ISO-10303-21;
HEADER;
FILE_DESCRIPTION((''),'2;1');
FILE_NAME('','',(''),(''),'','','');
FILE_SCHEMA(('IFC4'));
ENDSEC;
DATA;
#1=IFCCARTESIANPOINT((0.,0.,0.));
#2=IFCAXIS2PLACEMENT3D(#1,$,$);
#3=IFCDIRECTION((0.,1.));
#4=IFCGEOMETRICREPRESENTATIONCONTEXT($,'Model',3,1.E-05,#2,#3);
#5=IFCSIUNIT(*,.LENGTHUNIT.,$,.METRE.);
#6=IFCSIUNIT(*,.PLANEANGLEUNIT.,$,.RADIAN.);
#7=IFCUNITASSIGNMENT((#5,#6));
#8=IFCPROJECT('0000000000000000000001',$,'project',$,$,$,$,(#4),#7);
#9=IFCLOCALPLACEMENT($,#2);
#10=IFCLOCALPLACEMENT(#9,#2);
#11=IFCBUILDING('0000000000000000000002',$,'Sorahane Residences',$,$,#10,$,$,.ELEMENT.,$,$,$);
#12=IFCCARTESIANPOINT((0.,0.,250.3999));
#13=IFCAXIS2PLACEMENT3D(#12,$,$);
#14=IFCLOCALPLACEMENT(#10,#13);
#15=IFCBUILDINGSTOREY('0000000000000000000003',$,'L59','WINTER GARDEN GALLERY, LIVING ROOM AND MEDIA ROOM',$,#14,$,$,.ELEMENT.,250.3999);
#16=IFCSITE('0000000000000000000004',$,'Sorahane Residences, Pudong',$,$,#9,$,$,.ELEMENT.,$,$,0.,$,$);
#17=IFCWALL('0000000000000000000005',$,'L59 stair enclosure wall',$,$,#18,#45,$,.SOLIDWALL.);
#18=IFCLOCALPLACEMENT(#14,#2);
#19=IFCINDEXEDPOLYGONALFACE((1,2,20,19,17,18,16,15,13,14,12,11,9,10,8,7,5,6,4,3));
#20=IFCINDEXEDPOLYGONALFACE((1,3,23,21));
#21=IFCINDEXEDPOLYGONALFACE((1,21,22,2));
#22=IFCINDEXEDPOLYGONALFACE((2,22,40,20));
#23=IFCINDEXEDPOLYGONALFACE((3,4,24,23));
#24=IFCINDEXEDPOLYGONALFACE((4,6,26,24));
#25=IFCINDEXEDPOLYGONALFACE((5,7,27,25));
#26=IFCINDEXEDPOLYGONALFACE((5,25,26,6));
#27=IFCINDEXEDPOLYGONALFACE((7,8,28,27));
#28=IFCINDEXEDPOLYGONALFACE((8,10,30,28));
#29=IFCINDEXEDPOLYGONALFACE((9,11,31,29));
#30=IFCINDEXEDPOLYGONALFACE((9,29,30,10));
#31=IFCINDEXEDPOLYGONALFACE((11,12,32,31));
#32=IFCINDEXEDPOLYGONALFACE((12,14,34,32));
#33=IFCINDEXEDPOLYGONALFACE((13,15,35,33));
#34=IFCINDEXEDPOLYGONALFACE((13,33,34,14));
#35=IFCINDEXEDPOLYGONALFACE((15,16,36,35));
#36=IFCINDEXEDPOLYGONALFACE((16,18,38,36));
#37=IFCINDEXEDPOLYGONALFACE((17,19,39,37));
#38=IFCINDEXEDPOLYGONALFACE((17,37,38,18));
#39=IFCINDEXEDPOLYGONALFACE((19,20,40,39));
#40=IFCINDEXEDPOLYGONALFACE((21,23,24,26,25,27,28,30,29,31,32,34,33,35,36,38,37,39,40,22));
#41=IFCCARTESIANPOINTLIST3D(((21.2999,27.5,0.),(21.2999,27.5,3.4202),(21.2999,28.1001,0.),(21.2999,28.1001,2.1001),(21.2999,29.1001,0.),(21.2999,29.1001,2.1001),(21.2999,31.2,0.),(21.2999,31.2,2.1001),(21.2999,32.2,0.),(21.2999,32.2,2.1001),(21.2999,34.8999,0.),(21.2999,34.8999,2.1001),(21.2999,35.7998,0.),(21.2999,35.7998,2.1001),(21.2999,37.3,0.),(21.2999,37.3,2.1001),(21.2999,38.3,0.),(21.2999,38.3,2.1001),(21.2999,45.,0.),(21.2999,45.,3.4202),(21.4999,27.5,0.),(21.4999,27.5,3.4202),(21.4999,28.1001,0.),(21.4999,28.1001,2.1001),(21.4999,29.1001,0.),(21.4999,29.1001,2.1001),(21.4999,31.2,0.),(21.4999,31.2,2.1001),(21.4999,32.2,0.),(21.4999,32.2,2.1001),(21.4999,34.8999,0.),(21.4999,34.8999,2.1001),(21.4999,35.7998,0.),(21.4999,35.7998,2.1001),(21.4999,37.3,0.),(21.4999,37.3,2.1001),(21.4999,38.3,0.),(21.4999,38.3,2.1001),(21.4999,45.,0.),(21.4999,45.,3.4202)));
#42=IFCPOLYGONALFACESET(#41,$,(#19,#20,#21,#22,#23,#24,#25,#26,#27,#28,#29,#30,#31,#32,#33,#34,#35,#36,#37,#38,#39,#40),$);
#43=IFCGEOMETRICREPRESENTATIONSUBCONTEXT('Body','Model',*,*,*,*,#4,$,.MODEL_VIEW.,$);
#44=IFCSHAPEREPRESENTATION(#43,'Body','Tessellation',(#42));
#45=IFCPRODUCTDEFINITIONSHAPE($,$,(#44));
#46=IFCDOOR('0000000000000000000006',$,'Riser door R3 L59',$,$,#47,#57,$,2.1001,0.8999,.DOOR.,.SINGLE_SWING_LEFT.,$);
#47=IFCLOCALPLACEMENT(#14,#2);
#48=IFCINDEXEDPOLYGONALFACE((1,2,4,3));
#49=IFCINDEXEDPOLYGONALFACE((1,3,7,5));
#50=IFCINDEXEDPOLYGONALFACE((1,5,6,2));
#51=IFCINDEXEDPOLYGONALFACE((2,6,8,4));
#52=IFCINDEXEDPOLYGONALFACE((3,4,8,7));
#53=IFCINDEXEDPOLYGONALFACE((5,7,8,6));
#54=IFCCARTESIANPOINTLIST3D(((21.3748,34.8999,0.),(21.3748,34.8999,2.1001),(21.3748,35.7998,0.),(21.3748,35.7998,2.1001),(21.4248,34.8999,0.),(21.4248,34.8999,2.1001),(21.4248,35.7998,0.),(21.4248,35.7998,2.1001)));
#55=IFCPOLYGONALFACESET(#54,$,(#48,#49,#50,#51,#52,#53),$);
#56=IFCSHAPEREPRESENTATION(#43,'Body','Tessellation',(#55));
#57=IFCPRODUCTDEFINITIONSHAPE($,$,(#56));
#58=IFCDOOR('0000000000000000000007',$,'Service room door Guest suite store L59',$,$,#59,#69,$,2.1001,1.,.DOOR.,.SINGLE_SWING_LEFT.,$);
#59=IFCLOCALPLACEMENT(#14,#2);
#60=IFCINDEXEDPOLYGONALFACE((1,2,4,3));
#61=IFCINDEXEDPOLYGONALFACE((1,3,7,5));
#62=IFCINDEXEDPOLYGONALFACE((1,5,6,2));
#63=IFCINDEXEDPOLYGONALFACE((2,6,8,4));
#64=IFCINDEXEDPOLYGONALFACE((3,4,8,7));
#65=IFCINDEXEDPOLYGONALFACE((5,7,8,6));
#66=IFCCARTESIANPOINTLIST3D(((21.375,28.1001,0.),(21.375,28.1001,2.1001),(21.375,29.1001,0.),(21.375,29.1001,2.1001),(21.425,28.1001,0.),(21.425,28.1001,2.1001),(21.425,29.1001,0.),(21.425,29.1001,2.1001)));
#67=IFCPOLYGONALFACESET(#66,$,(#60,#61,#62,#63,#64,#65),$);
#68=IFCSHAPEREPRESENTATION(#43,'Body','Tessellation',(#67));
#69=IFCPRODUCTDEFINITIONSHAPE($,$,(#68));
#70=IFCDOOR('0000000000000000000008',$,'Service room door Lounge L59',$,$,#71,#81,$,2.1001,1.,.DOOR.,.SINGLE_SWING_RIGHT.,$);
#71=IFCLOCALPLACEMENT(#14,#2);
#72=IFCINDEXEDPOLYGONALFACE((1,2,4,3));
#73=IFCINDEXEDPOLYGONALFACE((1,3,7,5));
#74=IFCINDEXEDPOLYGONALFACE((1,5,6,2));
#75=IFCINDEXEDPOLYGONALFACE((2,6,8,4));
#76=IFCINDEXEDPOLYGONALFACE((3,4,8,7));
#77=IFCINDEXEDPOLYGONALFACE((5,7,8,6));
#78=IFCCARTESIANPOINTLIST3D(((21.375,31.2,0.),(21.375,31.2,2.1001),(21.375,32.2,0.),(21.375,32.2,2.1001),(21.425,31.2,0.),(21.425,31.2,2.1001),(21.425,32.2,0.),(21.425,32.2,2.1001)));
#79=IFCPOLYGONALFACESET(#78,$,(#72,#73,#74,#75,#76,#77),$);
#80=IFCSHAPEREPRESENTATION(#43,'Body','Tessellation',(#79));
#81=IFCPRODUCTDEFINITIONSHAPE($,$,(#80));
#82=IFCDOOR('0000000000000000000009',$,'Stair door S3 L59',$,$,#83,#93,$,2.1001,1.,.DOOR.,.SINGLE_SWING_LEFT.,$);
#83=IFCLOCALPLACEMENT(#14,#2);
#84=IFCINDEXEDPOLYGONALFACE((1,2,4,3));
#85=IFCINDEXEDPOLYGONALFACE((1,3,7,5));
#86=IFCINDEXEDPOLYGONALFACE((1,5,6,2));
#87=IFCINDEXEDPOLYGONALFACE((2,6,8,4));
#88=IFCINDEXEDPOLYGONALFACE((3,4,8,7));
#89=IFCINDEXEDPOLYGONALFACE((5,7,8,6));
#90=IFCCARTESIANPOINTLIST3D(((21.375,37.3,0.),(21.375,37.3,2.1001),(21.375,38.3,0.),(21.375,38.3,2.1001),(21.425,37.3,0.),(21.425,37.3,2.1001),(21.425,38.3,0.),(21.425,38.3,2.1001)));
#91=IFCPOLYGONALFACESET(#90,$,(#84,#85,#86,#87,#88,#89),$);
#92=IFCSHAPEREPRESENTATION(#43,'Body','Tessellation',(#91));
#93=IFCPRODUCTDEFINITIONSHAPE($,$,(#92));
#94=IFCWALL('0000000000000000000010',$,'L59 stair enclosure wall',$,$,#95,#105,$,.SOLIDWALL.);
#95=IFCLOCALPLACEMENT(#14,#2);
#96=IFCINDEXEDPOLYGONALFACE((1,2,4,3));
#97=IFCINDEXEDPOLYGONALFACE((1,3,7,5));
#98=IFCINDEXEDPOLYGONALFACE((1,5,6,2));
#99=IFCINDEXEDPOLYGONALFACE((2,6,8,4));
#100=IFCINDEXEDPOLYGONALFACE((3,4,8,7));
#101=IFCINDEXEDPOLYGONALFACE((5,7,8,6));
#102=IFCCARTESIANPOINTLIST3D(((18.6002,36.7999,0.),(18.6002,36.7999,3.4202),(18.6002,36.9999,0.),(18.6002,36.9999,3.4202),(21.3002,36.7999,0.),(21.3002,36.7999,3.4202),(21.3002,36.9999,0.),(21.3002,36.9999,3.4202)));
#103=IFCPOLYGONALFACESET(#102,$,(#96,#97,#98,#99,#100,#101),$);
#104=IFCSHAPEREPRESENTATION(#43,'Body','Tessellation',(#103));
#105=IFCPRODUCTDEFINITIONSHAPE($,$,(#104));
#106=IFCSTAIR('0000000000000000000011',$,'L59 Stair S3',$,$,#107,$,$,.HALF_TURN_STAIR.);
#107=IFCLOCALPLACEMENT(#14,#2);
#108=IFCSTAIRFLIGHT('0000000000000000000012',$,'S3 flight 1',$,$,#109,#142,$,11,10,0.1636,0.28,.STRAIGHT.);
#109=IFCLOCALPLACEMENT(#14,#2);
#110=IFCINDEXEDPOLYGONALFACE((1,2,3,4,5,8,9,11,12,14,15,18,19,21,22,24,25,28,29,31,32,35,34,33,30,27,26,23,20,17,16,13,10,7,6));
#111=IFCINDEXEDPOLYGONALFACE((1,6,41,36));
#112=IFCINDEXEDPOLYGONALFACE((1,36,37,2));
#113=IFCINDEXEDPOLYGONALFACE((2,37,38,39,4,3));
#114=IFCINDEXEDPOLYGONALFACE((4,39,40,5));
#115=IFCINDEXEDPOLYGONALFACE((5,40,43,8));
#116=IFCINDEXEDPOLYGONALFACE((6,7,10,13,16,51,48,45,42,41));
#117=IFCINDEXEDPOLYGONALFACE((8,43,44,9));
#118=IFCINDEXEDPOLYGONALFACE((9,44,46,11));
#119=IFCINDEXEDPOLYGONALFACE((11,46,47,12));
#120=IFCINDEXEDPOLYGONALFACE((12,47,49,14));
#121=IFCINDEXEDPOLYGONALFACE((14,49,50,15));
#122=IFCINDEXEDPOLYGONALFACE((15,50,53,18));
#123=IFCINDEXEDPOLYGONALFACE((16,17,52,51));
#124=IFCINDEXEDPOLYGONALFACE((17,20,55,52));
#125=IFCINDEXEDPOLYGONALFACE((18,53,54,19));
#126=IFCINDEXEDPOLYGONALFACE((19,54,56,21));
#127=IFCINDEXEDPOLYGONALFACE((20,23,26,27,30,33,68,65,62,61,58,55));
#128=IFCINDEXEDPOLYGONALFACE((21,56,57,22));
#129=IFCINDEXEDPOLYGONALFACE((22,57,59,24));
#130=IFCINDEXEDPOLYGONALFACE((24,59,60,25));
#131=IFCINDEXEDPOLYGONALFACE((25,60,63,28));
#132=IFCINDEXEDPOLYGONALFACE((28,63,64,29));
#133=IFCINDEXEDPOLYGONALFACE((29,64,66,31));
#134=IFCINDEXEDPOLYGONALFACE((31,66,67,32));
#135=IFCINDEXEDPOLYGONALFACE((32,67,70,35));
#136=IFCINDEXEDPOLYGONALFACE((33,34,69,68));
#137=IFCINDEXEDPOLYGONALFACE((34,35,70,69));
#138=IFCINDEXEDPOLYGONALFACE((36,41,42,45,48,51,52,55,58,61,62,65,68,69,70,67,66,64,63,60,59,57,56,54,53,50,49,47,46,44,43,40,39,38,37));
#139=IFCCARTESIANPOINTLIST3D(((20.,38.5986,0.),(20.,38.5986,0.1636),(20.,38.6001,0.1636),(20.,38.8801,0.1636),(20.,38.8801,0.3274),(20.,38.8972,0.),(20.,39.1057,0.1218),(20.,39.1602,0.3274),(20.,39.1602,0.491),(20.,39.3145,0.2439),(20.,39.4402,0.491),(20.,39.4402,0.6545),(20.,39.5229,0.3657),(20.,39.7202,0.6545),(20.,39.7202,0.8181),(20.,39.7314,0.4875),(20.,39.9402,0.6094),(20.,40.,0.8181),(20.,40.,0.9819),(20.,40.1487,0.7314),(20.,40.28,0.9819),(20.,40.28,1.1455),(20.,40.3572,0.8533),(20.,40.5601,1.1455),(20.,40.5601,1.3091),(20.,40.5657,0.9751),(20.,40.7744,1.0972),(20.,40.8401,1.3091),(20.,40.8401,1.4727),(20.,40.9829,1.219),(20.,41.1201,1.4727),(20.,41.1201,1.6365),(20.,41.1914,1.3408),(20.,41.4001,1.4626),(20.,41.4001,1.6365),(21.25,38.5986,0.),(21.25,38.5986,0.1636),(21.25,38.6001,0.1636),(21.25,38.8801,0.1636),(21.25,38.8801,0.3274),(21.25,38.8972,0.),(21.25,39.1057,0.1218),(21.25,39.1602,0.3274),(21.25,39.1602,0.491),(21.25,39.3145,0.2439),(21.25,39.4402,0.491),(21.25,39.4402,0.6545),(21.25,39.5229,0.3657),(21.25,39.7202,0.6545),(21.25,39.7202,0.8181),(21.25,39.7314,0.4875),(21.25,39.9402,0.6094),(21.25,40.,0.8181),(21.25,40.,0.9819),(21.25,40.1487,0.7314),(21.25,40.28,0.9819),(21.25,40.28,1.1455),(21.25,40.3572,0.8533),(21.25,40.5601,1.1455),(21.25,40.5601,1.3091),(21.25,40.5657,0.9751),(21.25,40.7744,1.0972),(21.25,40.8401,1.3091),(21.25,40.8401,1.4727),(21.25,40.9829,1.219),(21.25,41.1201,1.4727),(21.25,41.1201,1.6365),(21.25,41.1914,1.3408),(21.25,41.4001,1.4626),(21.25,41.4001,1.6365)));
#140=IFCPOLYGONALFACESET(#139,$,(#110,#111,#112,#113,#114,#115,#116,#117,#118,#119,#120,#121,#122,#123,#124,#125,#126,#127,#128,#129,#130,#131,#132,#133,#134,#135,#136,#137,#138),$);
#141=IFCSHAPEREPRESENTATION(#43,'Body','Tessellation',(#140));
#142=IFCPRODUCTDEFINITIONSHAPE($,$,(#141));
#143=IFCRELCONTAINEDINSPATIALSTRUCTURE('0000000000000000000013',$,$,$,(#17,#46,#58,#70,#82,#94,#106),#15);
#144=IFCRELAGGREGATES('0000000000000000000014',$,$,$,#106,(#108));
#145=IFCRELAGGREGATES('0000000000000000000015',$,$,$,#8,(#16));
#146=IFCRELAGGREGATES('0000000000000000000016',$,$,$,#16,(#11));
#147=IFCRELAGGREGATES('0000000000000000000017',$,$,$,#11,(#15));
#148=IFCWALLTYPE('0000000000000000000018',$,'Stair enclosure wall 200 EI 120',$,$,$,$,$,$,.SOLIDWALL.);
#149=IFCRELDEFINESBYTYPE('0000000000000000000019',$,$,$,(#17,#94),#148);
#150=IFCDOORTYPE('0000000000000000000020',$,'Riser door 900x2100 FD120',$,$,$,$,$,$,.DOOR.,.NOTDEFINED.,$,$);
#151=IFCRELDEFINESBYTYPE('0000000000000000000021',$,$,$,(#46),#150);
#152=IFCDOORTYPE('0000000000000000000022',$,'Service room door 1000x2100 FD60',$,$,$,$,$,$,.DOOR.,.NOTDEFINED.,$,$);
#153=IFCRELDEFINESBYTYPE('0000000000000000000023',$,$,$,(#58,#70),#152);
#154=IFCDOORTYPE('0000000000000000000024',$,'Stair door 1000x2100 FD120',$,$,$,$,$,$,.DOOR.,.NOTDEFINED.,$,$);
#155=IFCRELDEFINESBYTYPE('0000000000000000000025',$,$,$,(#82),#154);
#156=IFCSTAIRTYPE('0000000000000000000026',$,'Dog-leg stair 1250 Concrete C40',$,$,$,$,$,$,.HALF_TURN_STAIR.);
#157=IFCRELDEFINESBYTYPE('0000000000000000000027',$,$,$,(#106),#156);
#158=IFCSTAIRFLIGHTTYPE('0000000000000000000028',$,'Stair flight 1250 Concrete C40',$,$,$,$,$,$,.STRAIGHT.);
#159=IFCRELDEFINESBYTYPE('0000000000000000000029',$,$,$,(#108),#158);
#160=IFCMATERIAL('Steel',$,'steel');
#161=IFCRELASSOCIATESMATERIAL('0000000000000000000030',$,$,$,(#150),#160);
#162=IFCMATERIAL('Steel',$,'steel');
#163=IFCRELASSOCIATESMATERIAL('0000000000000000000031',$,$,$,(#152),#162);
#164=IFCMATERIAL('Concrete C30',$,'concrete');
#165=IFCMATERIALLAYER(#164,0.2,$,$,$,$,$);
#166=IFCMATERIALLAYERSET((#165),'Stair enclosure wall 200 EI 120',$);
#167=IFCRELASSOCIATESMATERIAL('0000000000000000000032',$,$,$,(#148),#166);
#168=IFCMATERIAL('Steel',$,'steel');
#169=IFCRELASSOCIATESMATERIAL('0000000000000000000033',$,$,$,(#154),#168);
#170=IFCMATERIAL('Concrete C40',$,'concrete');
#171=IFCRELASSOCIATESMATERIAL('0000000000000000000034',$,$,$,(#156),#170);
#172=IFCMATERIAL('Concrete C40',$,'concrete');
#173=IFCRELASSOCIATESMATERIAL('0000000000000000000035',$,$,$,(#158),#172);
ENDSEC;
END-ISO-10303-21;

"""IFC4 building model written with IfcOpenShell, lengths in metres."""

from ifc_helpers import new_model, si_unit, direction, frame, frame_2d, origin, place, context, subcontext, project, spatial, polyline, rectangle, outline, extrude, material, layer, layer_set, type_object, element, fill, aggregate, save


model = new_model("IFC4")

# Units and contexts
model_context = context("Model", 3, precision=1e-05, world=origin(), true_north=direction((0.0, 1.0)))
body_context = subcontext(model_context, "Body", "Model", "MODEL_VIEW")
ifc_project = project(units=[si_unit("LENGTHUNIT", "METRE"), si_unit("PLANEANGLEUNIT", "RADIAN")], contexts=[model_context])

# Site, building, storey
site_placement = place(None, origin())
site = spatial("IfcSite", under=ifc_project, at=site_placement, Name="Sorahane Residences, Pudong", CompositionType="ELEMENT", RefElevation=0.0)
building_placement = place(site_placement, origin())
building = spatial("IfcBuilding", under=site, at=building_placement, Name="Sorahane Residences", CompositionType="ELEMENT")
storey_placement = place(building_placement, frame((0.0, 0.0, 250.3999)))
storey = spatial("IfcBuildingStorey", under=building, at=storey_placement, Name="L59", Description="WINTER GARDEN GALLERY, LIVING ROOM AND MEDIA ROOM", CompositionType="ELEMENT", Elevation=250.3999)

# Shared definitions
ifc_material_1 = material(Name="Steel", Category="steel")
door_type_1 = type_object("IfcDoorType", Name="Riser door 900x2100 FD120", OperationType="NOTDEFINED", PredefinedType="DOOR", material=ifc_material_1)
ifc_material_2 = material(Name="Steel", Category="steel")
door_type_2 = type_object("IfcDoorType", Name="Service room door 1000x2100 FD60", OperationType="NOTDEFINED", PredefinedType="DOOR", material=ifc_material_2)

# Wall, openings, doors
ifc_material_3 = material(Name="Concrete C30", Category="concrete")
ifc_layer_1 = layer(ifc_material_3, 0.2)
ifc_layer_set_1 = layer_set([ifc_layer_1], Name="Stair enclosure wall 200 EI 120")
wall_type_1 = type_object("IfcWallType", Name="Stair enclosure wall 200 EI 120", PredefinedType="SOLIDWALL", material=ifc_layer_set_1)
wall_1_placement = place(storey_placement, frame((21.3999, 27.5, 0.0), z_axis=(0.0, 0.0, 1.0), x_axis=(0.0, 1.0, 0.0)))
wall_1 = element("IfcWall", 1, at=wall_1_placement, inside=storey, type_object=wall_type_1, Name="L59 stair enclosure wall", PredefinedType="SOLIDWALL", context=body_context, shape_type="SweptSolid", body=[
    extrude(rectangle(XDim=17.5, YDim=0.2, at=frame_2d((8.75, 0.0))), origin(), (0.0, 0.0, 1.0), 3.4202),
])
opening_1_placement = place(wall_1_placement, frame((0.6001, 0.0, 0.0)))
opening_1 = element("IfcOpeningElement", 2, at=opening_1_placement, cuts=wall_1, PredefinedType="OPENING", context=body_context, shape_type="SweptSolid", body=[
    extrude(rectangle(XDim=1.0, YDim=2.1001, at=frame_2d((0.5, 1.05))), frame((0.0, 0.1099, 0.0), z_axis=(0.0, -1.0, 0.0), x_axis=(1.0, 0.0, 0.0)), (0.0, 0.0, 1.0), 0.22),
])
opening_2_placement = place(wall_1_placement, frame((3.7, 0.0, 0.0)))
opening_2 = element("IfcOpeningElement", 3, at=opening_2_placement, cuts=wall_1, PredefinedType="OPENING", context=body_context, shape_type="SweptSolid", body=[
    extrude(rectangle(XDim=1.0, YDim=2.1001, at=frame_2d((0.5, 1.05))), frame((0.0, 0.1099, 0.0), z_axis=(0.0, -1.0, 0.0), x_axis=(1.0, 0.0, 0.0)), (0.0, 0.0, 1.0), 0.22),
])
opening_3_placement = place(wall_1_placement, frame((9.8, 0.0, 0.0)))
opening_3 = element("IfcOpeningElement", 4, at=opening_3_placement, cuts=wall_1, PredefinedType="OPENING", context=body_context, shape_type="SweptSolid", body=[
    extrude(rectangle(XDim=1.0, YDim=2.1001, at=frame_2d((0.5, 1.05))), frame((0.0, 0.1099, 0.0), z_axis=(0.0, -1.0, 0.0), x_axis=(1.0, 0.0, 0.0)), (0.0, 0.0, 1.0), 0.22),
])
opening_4_placement = place(wall_1_placement, frame((7.3999, 0.0, 0.0)))
opening_4 = element("IfcOpeningElement", 5, at=opening_4_placement, cuts=wall_1, PredefinedType="OPENING", context=body_context, shape_type="SweptSolid", body=[
    extrude(rectangle(XDim=0.8999, YDim=2.1001, at=frame_2d((0.45, 1.05))), frame((0.0, 0.1099, 0.0), z_axis=(0.0, -1.0, 0.0), x_axis=(1.0, 0.0, 0.0)), (0.0, 0.0, 1.0), 0.22),
])
door_1_placement = place(opening_4_placement, frame((0.8999, 0.0, 0.0), z_axis=(0.0, 0.0, 1.0), x_axis=(-1.0, 0.0, 0.0)))
door_1 = element("IfcDoor", 6, at=door_1_placement, inside=storey, type_object=door_type_1, Name="Riser door R3 L59", OperationType="SINGLE_SWING_LEFT", OverallHeight=2.1001, OverallWidth=0.8999, PredefinedType="DOOR", context=body_context, shape_type="SweptSolid", body=[
    extrude(rectangle(XDim=0.8999, YDim=2.1001, at=frame_2d((0.45, 1.05))), frame((0.0, 0.0249, 0.0), z_axis=(0.0, -1.0, 0.0), x_axis=(1.0, 0.0, 0.0)), (0.0, 0.0, 1.0), 0.05),
])
fill(opening_4, door_1)
door_2_placement = place(opening_1_placement, origin())
door_2 = element("IfcDoor", 7, at=door_2_placement, inside=storey, type_object=door_type_2, Name="Service room door Guest suite store L59", OperationType="SINGLE_SWING_LEFT", OverallHeight=2.1001, OverallWidth=1.0, PredefinedType="DOOR", context=body_context, shape_type="SweptSolid", body=[
    extrude(rectangle(XDim=1.0, YDim=2.1001, at=frame_2d((0.5, 1.05))), frame((0.0, 0.0249, 0.0), z_axis=(0.0, -1.0, 0.0), x_axis=(1.0, 0.0, 0.0)), (0.0, 0.0, 1.0), 0.05),
])
fill(opening_1, door_2)
door_3_placement = place(opening_2_placement, origin())
door_3 = element("IfcDoor", 8, at=door_3_placement, inside=storey, type_object=door_type_2, Name="Service room door Lounge L59", OperationType="SINGLE_SWING_RIGHT", OverallHeight=2.1001, OverallWidth=1.0, PredefinedType="DOOR", context=body_context, shape_type="SweptSolid", body=[
    extrude(rectangle(XDim=1.0, YDim=2.1001, at=frame_2d((0.5, 1.05))), frame((0.0, 0.0249, 0.0), z_axis=(0.0, -1.0, 0.0), x_axis=(1.0, 0.0, 0.0)), (0.0, 0.0, 1.0), 0.05),
])
fill(opening_2, door_3)
ifc_material_4 = material(Name="Steel", Category="steel")
door_type_3 = type_object("IfcDoorType", Name="Stair door 1000x2100 FD120", OperationType="NOTDEFINED", PredefinedType="DOOR", material=ifc_material_4)
door_4_placement = place(opening_3_placement, origin())
door_4 = element("IfcDoor", 9, at=door_4_placement, inside=storey, type_object=door_type_3, Name="Stair door S3 L59", OperationType="SINGLE_SWING_LEFT", OverallHeight=2.1001, OverallWidth=1.0, PredefinedType="DOOR", context=body_context, shape_type="SweptSolid", body=[
    extrude(rectangle(XDim=1.0, YDim=2.1001, at=frame_2d((0.5, 1.05))), frame((0.0, 0.0249, 0.0), z_axis=(0.0, -1.0, 0.0), x_axis=(1.0, 0.0, 0.0)), (0.0, 0.0, 1.0), 0.05),
])
fill(opening_3, door_4)

# Wall
wall_2_placement = place(storey_placement, frame((18.6001, 36.8999, 0.0), z_axis=(0.0, 0.0, 1.0), x_axis=(1.0, 0.0, 0.0)))
element("IfcWall", 10, at=wall_2_placement, inside=storey, type_object=wall_type_1, Name="L59 stair enclosure wall", PredefinedType="SOLIDWALL", context=body_context, shape_type="SweptSolid", body=[
    extrude(rectangle(XDim=2.7, YDim=0.2, at=frame_2d((1.3501, 0.0))), origin(), (0.0, 0.0, 1.0), 3.4202),
])

# Stair, stair flight
ifc_material_5 = material(Name="Concrete C40", Category="concrete")
stair_type = type_object("IfcStairType", Name="Dog-leg stair 1250 Concrete C40", PredefinedType="HALF_TURN_STAIR", material=ifc_material_5)
stair_placement = place(storey_placement, origin())
stair = element("IfcStair", 11, at=stair_placement, inside=storey, type_object=stair_type, Name="L59 Stair S3", PredefinedType="HALF_TURN_STAIR")
ifc_material_6 = material(Name="Concrete C40", Category="concrete")
stair_flight_type = type_object("IfcStairFlightType", Name="Stair flight 1250 Concrete C40", PredefinedType="STRAIGHT", material=ifc_material_6)
stair_flight_placement = place(storey_placement, frame((20.625, 38.6001, 0.0), z_axis=(0.0, 0.0, 1.0), x_axis=(0.0, 1.0, 0.0)))
stair_flight = element("IfcStairFlight", 12, at=stair_flight_placement, type_object=stair_flight_type, Name="S3 flight 1", NumberOfRisers=11, NumberOfTreads=10, PredefinedType="STRAIGHT", RiserHeight=0.1636, TreadLength=0.28, context=body_context, shape_type="SweptSolid", body=[
    extrude(outline(polyline([(-0.0015, 0.0), (-0.0015, 0.1636), (0.0, 0.1636), (0.28, 0.1636), (0.28, 0.3274), (0.5601, 0.3274), (0.5601, 0.491), (0.8401, 0.491), (0.8401, 0.6545), (1.1201, 0.6545), (1.1201, 0.8181), (1.3999, 0.8181), (1.3999, 0.9819), (1.6799, 0.9819), (1.6799, 1.1455), (1.96, 1.1455), (1.96, 1.3091), (2.24, 1.3091), (2.24, 1.4727), (2.52, 1.4727), (2.52, 1.6365), (2.8, 1.6365), (2.8, 1.8), (2.8, 1.4626), (2.5913, 1.3408), (2.3828, 1.219), (2.1743, 1.0972), (1.9656, 0.9751), (1.7571, 0.8533), (1.5486, 0.7314), (1.3401, 0.6094), (1.1313, 0.4875), (0.9229, 0.3657), (0.7144, 0.2439), (0.5056, 0.1218), (0.2971, 0.0), (-0.0015, 0.0)])), frame((0.0, 0.625, 0.0), z_axis=(0.0, -1.0, 0.0), x_axis=(1.0, 0.0, 0.0)), (0.0, 0.0, 1.0), 1.25),
])
aggregate(stair, [stair_flight])

save(model, "model.ifc")
